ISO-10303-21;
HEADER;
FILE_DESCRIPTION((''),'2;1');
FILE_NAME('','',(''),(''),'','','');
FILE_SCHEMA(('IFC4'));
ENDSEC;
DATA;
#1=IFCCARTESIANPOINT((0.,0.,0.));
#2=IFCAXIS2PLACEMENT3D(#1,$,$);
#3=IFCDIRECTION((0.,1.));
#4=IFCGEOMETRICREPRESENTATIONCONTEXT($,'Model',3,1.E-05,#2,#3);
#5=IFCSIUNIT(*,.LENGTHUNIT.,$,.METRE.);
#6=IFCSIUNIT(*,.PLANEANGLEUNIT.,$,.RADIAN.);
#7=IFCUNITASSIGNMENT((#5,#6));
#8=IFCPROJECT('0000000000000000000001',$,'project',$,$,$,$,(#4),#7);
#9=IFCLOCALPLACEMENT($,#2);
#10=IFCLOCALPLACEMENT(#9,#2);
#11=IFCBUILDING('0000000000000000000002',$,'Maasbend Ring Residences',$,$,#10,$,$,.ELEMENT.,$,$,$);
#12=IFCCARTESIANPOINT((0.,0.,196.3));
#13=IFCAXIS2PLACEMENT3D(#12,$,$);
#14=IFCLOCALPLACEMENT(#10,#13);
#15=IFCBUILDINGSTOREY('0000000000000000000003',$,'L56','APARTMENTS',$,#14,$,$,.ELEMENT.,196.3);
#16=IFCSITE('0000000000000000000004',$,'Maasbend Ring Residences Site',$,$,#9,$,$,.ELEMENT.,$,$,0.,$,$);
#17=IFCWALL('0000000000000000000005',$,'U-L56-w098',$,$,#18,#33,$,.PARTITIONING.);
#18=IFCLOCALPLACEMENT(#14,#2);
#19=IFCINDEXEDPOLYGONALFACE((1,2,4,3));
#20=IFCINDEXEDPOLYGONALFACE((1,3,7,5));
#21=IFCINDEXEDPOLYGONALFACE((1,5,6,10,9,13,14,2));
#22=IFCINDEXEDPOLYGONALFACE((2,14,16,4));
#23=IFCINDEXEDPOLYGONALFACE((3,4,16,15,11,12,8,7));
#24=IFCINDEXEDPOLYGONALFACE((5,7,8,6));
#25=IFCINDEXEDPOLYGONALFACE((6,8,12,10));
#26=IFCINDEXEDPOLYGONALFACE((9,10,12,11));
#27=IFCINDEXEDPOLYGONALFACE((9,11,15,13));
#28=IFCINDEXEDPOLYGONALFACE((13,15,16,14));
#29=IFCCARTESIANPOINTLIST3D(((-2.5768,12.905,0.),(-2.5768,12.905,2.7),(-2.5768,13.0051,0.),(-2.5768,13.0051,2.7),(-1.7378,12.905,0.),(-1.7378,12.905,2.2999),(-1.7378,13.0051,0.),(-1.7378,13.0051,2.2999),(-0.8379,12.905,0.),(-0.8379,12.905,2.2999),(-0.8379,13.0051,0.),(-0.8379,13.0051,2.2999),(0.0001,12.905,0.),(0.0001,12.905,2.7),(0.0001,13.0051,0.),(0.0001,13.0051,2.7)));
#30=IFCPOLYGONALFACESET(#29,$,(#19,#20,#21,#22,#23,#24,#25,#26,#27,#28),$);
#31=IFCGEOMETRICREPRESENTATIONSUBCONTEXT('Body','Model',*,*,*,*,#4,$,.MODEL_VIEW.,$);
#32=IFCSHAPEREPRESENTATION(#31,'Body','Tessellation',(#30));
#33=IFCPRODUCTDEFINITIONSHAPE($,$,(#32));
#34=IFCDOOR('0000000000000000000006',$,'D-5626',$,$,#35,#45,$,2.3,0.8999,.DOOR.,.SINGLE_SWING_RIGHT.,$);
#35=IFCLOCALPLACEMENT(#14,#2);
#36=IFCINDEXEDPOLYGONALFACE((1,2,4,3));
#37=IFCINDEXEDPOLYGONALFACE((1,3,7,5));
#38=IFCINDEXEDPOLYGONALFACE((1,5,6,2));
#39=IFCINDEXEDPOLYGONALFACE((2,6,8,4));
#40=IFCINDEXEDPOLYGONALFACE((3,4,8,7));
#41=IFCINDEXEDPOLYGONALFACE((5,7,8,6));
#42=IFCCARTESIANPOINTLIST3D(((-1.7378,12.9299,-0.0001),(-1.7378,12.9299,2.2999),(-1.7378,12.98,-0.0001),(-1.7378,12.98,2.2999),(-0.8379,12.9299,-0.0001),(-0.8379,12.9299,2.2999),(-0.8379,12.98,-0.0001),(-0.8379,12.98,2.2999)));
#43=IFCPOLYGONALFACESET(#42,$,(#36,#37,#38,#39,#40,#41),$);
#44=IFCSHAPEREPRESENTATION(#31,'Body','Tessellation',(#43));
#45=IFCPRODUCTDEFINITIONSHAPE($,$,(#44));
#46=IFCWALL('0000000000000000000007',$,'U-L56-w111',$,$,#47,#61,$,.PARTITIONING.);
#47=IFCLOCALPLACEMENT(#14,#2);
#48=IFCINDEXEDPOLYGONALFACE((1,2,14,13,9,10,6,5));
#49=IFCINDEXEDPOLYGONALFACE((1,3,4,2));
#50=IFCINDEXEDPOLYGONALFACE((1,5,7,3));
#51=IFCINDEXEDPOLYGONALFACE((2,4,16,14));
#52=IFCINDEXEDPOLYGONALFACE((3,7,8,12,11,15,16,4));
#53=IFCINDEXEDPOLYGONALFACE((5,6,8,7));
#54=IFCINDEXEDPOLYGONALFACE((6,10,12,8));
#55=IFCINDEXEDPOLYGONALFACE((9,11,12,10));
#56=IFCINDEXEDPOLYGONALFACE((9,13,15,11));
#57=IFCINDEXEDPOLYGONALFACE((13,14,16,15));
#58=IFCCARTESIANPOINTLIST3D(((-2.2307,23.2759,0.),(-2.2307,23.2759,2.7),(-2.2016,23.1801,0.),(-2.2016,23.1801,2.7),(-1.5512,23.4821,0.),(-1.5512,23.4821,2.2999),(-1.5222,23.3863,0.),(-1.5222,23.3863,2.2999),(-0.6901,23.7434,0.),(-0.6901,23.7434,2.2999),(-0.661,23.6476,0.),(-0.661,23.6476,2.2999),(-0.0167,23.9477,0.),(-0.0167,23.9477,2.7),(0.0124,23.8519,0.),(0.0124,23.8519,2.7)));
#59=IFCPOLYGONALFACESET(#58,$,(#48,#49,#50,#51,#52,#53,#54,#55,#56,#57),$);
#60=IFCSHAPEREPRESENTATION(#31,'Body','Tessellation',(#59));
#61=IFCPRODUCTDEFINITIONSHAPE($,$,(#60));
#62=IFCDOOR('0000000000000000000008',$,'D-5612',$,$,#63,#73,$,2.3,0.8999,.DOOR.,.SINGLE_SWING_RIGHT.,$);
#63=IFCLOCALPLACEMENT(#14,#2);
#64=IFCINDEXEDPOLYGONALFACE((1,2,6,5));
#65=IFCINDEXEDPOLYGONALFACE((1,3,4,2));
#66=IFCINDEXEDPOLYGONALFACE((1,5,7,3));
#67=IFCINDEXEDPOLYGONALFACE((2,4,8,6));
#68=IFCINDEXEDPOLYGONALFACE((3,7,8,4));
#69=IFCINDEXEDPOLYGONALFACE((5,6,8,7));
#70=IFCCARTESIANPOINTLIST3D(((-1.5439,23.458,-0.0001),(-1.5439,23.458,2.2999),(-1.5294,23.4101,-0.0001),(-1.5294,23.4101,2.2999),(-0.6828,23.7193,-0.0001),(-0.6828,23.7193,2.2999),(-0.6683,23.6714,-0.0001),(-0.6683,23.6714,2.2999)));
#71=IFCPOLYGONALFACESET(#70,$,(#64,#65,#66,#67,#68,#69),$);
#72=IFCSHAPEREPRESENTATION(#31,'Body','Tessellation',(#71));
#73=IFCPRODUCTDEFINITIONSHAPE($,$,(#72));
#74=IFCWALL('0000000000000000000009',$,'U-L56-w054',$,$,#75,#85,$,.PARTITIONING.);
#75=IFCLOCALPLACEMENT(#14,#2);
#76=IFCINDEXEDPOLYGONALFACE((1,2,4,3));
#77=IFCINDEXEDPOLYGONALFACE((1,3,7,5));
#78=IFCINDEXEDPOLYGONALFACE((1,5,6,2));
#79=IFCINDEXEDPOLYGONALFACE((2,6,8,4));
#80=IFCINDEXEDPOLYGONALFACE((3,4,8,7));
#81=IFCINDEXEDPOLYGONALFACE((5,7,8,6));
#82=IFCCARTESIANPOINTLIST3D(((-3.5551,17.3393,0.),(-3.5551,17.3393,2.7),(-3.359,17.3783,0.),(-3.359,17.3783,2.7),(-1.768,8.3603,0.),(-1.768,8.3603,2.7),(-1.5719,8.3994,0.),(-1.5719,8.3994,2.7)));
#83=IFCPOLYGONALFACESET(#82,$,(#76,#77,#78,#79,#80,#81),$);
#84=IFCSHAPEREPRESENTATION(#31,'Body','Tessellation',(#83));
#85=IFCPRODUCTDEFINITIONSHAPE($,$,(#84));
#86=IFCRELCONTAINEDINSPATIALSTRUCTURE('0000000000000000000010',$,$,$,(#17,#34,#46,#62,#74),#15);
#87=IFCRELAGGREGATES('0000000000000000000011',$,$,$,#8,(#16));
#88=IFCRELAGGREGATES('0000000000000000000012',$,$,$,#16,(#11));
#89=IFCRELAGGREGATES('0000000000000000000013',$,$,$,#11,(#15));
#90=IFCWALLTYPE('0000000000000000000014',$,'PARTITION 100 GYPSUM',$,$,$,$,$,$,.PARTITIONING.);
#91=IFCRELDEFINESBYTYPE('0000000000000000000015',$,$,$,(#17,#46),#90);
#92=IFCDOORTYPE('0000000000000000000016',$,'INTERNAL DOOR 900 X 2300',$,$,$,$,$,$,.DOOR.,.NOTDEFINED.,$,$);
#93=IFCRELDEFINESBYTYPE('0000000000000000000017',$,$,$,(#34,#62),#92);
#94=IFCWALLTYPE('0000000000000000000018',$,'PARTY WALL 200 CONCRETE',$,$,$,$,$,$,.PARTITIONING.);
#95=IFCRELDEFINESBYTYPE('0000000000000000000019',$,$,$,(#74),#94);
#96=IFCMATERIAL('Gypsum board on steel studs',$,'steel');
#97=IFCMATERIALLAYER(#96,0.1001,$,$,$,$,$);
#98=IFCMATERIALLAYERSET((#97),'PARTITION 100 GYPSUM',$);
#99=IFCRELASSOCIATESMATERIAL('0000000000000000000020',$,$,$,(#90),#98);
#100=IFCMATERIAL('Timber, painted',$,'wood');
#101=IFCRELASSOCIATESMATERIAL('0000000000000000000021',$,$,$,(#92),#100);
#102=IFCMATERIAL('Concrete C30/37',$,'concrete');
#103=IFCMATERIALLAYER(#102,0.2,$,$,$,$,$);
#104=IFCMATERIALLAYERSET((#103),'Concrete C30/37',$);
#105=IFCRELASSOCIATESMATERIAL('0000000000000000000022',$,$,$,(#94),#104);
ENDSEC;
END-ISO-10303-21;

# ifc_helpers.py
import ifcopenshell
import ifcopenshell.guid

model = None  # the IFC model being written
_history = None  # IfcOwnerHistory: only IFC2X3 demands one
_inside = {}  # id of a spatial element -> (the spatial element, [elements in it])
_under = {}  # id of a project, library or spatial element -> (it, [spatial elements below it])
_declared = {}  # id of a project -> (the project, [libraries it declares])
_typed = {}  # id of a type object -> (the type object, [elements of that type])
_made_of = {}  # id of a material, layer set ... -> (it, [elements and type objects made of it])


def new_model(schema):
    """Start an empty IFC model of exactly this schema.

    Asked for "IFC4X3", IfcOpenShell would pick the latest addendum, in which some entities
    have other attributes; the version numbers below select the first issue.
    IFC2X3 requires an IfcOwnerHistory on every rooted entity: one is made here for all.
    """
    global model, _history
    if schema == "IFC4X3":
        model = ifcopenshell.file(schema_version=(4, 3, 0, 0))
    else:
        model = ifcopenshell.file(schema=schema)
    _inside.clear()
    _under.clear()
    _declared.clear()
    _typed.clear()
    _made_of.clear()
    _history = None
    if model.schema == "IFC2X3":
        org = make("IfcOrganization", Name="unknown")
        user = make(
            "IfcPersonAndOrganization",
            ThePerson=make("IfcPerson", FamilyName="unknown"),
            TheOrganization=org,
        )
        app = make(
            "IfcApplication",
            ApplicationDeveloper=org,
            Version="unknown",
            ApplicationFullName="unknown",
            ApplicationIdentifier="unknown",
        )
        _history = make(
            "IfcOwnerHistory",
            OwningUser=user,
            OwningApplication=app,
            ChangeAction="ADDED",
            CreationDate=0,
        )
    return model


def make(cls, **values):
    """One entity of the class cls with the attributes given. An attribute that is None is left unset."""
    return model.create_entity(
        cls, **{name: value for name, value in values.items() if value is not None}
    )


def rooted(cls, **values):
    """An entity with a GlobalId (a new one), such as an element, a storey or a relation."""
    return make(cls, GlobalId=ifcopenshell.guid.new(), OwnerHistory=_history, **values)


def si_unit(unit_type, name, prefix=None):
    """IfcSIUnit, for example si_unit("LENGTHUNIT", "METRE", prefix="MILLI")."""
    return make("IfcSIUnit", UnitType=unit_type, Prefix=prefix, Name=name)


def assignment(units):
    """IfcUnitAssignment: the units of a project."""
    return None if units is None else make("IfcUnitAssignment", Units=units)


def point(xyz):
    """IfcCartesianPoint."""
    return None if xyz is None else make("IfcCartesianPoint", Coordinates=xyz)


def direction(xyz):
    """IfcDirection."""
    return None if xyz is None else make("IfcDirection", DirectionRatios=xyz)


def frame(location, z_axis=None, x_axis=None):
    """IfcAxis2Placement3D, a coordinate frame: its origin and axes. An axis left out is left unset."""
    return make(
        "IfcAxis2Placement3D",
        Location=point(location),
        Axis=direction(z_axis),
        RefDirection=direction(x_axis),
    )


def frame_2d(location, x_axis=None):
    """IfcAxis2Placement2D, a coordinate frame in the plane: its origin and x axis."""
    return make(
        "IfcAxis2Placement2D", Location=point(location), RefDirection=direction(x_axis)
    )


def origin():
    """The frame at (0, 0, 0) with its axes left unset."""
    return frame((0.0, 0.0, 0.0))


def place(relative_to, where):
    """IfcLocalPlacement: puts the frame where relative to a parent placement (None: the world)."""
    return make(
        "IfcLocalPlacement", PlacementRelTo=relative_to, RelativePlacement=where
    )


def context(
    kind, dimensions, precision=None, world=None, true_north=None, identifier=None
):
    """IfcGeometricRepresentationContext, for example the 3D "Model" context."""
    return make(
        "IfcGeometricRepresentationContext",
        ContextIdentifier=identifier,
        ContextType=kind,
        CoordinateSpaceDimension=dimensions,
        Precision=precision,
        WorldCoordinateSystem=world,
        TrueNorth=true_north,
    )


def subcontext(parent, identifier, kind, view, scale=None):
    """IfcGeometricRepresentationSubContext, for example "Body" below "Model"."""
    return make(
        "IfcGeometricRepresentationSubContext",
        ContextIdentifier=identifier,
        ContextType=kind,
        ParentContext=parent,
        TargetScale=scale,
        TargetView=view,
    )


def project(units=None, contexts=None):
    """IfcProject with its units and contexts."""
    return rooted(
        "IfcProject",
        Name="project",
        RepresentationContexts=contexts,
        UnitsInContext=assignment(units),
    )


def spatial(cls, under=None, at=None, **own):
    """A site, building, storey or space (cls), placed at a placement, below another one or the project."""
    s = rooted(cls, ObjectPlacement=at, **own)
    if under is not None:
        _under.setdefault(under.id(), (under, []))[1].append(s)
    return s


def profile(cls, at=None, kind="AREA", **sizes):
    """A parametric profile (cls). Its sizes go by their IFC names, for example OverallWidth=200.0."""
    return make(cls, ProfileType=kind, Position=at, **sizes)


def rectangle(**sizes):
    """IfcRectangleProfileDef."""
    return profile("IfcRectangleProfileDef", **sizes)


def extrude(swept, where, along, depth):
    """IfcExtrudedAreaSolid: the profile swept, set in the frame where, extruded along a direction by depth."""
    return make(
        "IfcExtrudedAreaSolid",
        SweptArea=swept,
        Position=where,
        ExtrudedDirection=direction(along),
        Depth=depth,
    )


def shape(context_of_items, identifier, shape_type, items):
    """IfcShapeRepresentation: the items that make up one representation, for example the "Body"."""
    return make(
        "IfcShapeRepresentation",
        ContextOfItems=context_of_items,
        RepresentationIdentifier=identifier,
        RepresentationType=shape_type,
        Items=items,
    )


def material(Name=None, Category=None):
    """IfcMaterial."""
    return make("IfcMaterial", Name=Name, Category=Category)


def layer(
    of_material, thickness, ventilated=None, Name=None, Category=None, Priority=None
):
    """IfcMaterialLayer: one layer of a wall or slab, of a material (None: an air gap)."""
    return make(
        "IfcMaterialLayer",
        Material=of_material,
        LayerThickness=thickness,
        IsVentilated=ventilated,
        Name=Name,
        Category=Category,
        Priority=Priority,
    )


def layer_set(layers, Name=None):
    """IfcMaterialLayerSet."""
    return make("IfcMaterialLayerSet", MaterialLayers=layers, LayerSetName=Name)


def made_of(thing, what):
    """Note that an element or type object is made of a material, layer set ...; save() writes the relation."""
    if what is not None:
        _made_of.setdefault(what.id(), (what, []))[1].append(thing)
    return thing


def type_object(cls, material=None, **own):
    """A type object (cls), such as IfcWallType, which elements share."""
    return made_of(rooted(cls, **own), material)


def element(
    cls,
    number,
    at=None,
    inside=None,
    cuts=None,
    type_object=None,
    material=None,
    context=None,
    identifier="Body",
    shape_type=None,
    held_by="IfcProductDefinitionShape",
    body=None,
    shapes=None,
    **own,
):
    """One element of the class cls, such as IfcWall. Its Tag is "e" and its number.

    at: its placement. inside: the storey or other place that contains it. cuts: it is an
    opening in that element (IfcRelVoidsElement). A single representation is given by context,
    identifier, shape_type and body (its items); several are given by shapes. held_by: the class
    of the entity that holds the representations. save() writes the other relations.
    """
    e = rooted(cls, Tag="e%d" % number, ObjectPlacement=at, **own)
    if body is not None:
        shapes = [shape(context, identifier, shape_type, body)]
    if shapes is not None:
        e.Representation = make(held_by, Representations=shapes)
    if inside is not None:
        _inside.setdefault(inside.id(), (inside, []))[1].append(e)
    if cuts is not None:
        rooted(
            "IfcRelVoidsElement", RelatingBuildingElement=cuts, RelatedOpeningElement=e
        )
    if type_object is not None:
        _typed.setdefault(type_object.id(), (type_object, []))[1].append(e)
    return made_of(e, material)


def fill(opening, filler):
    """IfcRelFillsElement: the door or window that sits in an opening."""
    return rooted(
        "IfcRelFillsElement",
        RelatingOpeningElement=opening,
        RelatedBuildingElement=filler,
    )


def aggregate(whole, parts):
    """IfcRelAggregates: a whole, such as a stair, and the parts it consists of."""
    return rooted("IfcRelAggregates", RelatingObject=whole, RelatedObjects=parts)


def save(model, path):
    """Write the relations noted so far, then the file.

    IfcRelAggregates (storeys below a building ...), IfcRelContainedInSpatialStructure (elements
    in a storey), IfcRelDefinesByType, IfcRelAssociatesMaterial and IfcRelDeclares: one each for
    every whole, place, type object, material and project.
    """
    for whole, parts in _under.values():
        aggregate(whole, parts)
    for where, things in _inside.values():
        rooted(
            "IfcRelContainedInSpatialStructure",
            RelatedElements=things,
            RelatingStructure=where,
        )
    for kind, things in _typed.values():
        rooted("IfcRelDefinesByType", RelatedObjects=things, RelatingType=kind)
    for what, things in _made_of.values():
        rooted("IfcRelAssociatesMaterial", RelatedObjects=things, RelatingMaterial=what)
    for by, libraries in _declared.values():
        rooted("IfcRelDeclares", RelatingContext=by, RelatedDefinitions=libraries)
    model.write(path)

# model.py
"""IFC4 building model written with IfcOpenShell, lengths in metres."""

from ifc_helpers import new_model, si_unit, direction, frame, frame_2d, origin, place, context, subcontext, project, spatial, rectangle, extrude, material, layer, layer_set, type_object, element, fill, save


model = new_model("IFC4")

# Units and contexts
model_context = context("Model", 3, precision=1e-05, world=origin(), true_north=direction((0.0, 1.0)))
body_context = subcontext(model_context, "Body", "Model", "MODEL_VIEW")
ifc_project = project(units=[si_unit("LENGTHUNIT", "METRE"), si_unit("PLANEANGLEUNIT", "RADIAN")], contexts=[model_context])

# Site, building, storey
site_placement = place(None, origin())
site = spatial("IfcSite", under=ifc_project, at=site_placement, Name="Maasbend Ring Residences Site", CompositionType="ELEMENT", RefElevation=0.0)
building_placement = place(site_placement, origin())
building = spatial("IfcBuilding", under=site, at=building_placement, Name="Maasbend Ring Residences", CompositionType="ELEMENT")
storey_placement = place(building_placement, frame((0.0, 0.0, 196.3)))
storey = spatial("IfcBuildingStorey", under=building, at=storey_placement, Name="L56", Description="APARTMENTS", CompositionType="ELEMENT", Elevation=196.3)

# Shared definitions
ifc_material_1 = material(Name="Gypsum board on steel studs", Category="steel")
ifc_layer_1 = layer(ifc_material_1, 0.1001)
ifc_layer_set_1 = layer_set([ifc_layer_1], Name="PARTITION 100 GYPSUM")
wall_type_1 = type_object("IfcWallType", Name="PARTITION 100 GYPSUM", PredefinedType="PARTITIONING", material=ifc_layer_set_1)
ifc_material_2 = material(Name="Timber, painted", Category="wood")
door_type_1 = type_object("IfcDoorType", Name="INTERNAL DOOR 900 X 2300", OperationType="NOTDEFINED", PredefinedType="DOOR", material=ifc_material_2)

# Walls, openings, doors
wall_1_placement = place(storey_placement, frame((-2.5769, 12.9551, 0.0), z_axis=(0.0, 0.0, 1.0), x_axis=(1.0, 0.0, 0.0)))
wall_1 = element("IfcWall", 1, at=wall_1_placement, inside=storey, type_object=wall_type_1, Name="U-L56-w098", PredefinedType="PARTITIONING", context=body_context, shape_type="SweptSolid", body=[
    extrude(rectangle(XDim=2.5769, YDim=0.1001, at=frame_2d((1.2886, 0.0))), origin(), (0.0, 0.0, 1.0), 2.7),
])
opening_1_placement = place(wall_1_placement, frame((0.8391, 0.0, 0.0)))
opening_1 = element("IfcOpeningElement", 2, at=opening_1_placement, cuts=wall_1, PredefinedType="OPENING", context=body_context, shape_type="SweptSolid", body=[
    extrude(rectangle(XDim=0.8999, YDim=2.3, at=frame_2d((0.45, 1.1499))), frame((0.0, 0.0601, 0.0), z_axis=(0.0, -1.0, 0.0), x_axis=(1.0, 0.0, 0.0)), (0.0, 0.0, 1.0), 0.1201),
])
door_1_placement = place(opening_1_placement, origin())
door_1 = element("IfcDoor", 3, at=door_1_placement, inside=storey, type_object=door_type_1, Name="D-5626", OperationType="SINGLE_SWING_RIGHT", OverallHeight=2.3, OverallWidth=0.8999, PredefinedType="DOOR", context=body_context, shape_type="SweptSolid", body=[
    extrude(rectangle(XDim=0.8999, YDim=2.3, at=frame_2d((0.45, 1.1499))), frame((0.0, 0.0249, 0.0), z_axis=(0.0, -1.0, 0.0), x_axis=(1.0, 0.0, 0.0)), (0.0, 0.0, 1.0), 0.05),
])
fill(opening_1, door_1)
wall_2_placement = place(storey_placement, frame((-2.2161, 23.228, 0.0), z_axis=(0.0, 0.0, 1.0), x_axis=(0.956913, 0.290376, 0.0)))
wall_2 = element("IfcWall", 4, at=wall_2_placement, inside=storey, type_object=wall_type_1, Name="U-L56-w111", PredefinedType="PARTITIONING", context=body_context, shape_type="SweptSolid", body=[
    extrude(rectangle(XDim=2.3137, YDim=0.1001, at=frame_2d((1.1567, 0.0))), origin(), (0.0, 0.0, 1.0), 2.7),
])
opening_2_placement = place(wall_2_placement, frame((0.71, 0.0, 0.0)))
opening_2 = element("IfcOpeningElement", 5, at=opening_2_placement, cuts=wall_2, PredefinedType="OPENING", context=body_context, shape_type="SweptSolid", body=[
    extrude(rectangle(XDim=0.8999, YDim=2.3, at=frame_2d((0.45, 1.1499))), frame((0.0, 0.0601, 0.0), z_axis=(0.0, -1.0, 0.0), x_axis=(1.0, 0.0, 0.0)), (0.0, 0.0, 1.0), 0.1201),
])
door_2_placement = place(opening_2_placement, origin())
door_2 = element("IfcDoor", 6, at=door_2_placement, inside=storey, type_object=door_type_1, Name="D-5612", OperationType="SINGLE_SWING_RIGHT", OverallHeight=2.3, OverallWidth=0.8999, PredefinedType="DOOR", context=body_context, shape_type="SweptSolid", body=[
    extrude(rectangle(XDim=0.8999, YDim=2.3, at=frame_2d((0.45, 1.1499))), frame((0.0, 0.0249, 0.0), z_axis=(0.0, -1.0, 0.0), x_axis=(1.0, 0.0, 0.0)), (0.0, 0.0, 1.0), 0.05),
])
fill(opening_2, door_2)

# Wall
ifc_material_3 = material(Name="Concrete C30/37", Category="concrete")
ifc_layer_2 = layer(ifc_material_3, 0.2)
ifc_layer_set_2 = layer_set([ifc_layer_2], Name="Concrete C30/37")
wall_type_2 = type_object("IfcWallType", Name="PARTY WALL 200 CONCRETE", PredefinedType="PARTITIONING", material=ifc_layer_set_2)
wall_3_placement = place(storey_placement, frame((-3.457, 17.3589, 0.0), z_axis=(0.0, 0.0, 1.0), x_axis=(0.195203, -0.980763, 0.0)))
element("IfcWall", 7, at=wall_3_placement, inside=storey, type_object=wall_type_2, Name="U-L56-w054", PredefinedType="PARTITIONING", context=body_context, shape_type="SweptSolid", body=[
    extrude(rectangle(XDim=9.155, YDim=0.2, at=frame_2d((4.5776, 0.0))), origin(), (0.0, 0.0, 1.0), 2.7),
])

save(model, "model.ifc")
